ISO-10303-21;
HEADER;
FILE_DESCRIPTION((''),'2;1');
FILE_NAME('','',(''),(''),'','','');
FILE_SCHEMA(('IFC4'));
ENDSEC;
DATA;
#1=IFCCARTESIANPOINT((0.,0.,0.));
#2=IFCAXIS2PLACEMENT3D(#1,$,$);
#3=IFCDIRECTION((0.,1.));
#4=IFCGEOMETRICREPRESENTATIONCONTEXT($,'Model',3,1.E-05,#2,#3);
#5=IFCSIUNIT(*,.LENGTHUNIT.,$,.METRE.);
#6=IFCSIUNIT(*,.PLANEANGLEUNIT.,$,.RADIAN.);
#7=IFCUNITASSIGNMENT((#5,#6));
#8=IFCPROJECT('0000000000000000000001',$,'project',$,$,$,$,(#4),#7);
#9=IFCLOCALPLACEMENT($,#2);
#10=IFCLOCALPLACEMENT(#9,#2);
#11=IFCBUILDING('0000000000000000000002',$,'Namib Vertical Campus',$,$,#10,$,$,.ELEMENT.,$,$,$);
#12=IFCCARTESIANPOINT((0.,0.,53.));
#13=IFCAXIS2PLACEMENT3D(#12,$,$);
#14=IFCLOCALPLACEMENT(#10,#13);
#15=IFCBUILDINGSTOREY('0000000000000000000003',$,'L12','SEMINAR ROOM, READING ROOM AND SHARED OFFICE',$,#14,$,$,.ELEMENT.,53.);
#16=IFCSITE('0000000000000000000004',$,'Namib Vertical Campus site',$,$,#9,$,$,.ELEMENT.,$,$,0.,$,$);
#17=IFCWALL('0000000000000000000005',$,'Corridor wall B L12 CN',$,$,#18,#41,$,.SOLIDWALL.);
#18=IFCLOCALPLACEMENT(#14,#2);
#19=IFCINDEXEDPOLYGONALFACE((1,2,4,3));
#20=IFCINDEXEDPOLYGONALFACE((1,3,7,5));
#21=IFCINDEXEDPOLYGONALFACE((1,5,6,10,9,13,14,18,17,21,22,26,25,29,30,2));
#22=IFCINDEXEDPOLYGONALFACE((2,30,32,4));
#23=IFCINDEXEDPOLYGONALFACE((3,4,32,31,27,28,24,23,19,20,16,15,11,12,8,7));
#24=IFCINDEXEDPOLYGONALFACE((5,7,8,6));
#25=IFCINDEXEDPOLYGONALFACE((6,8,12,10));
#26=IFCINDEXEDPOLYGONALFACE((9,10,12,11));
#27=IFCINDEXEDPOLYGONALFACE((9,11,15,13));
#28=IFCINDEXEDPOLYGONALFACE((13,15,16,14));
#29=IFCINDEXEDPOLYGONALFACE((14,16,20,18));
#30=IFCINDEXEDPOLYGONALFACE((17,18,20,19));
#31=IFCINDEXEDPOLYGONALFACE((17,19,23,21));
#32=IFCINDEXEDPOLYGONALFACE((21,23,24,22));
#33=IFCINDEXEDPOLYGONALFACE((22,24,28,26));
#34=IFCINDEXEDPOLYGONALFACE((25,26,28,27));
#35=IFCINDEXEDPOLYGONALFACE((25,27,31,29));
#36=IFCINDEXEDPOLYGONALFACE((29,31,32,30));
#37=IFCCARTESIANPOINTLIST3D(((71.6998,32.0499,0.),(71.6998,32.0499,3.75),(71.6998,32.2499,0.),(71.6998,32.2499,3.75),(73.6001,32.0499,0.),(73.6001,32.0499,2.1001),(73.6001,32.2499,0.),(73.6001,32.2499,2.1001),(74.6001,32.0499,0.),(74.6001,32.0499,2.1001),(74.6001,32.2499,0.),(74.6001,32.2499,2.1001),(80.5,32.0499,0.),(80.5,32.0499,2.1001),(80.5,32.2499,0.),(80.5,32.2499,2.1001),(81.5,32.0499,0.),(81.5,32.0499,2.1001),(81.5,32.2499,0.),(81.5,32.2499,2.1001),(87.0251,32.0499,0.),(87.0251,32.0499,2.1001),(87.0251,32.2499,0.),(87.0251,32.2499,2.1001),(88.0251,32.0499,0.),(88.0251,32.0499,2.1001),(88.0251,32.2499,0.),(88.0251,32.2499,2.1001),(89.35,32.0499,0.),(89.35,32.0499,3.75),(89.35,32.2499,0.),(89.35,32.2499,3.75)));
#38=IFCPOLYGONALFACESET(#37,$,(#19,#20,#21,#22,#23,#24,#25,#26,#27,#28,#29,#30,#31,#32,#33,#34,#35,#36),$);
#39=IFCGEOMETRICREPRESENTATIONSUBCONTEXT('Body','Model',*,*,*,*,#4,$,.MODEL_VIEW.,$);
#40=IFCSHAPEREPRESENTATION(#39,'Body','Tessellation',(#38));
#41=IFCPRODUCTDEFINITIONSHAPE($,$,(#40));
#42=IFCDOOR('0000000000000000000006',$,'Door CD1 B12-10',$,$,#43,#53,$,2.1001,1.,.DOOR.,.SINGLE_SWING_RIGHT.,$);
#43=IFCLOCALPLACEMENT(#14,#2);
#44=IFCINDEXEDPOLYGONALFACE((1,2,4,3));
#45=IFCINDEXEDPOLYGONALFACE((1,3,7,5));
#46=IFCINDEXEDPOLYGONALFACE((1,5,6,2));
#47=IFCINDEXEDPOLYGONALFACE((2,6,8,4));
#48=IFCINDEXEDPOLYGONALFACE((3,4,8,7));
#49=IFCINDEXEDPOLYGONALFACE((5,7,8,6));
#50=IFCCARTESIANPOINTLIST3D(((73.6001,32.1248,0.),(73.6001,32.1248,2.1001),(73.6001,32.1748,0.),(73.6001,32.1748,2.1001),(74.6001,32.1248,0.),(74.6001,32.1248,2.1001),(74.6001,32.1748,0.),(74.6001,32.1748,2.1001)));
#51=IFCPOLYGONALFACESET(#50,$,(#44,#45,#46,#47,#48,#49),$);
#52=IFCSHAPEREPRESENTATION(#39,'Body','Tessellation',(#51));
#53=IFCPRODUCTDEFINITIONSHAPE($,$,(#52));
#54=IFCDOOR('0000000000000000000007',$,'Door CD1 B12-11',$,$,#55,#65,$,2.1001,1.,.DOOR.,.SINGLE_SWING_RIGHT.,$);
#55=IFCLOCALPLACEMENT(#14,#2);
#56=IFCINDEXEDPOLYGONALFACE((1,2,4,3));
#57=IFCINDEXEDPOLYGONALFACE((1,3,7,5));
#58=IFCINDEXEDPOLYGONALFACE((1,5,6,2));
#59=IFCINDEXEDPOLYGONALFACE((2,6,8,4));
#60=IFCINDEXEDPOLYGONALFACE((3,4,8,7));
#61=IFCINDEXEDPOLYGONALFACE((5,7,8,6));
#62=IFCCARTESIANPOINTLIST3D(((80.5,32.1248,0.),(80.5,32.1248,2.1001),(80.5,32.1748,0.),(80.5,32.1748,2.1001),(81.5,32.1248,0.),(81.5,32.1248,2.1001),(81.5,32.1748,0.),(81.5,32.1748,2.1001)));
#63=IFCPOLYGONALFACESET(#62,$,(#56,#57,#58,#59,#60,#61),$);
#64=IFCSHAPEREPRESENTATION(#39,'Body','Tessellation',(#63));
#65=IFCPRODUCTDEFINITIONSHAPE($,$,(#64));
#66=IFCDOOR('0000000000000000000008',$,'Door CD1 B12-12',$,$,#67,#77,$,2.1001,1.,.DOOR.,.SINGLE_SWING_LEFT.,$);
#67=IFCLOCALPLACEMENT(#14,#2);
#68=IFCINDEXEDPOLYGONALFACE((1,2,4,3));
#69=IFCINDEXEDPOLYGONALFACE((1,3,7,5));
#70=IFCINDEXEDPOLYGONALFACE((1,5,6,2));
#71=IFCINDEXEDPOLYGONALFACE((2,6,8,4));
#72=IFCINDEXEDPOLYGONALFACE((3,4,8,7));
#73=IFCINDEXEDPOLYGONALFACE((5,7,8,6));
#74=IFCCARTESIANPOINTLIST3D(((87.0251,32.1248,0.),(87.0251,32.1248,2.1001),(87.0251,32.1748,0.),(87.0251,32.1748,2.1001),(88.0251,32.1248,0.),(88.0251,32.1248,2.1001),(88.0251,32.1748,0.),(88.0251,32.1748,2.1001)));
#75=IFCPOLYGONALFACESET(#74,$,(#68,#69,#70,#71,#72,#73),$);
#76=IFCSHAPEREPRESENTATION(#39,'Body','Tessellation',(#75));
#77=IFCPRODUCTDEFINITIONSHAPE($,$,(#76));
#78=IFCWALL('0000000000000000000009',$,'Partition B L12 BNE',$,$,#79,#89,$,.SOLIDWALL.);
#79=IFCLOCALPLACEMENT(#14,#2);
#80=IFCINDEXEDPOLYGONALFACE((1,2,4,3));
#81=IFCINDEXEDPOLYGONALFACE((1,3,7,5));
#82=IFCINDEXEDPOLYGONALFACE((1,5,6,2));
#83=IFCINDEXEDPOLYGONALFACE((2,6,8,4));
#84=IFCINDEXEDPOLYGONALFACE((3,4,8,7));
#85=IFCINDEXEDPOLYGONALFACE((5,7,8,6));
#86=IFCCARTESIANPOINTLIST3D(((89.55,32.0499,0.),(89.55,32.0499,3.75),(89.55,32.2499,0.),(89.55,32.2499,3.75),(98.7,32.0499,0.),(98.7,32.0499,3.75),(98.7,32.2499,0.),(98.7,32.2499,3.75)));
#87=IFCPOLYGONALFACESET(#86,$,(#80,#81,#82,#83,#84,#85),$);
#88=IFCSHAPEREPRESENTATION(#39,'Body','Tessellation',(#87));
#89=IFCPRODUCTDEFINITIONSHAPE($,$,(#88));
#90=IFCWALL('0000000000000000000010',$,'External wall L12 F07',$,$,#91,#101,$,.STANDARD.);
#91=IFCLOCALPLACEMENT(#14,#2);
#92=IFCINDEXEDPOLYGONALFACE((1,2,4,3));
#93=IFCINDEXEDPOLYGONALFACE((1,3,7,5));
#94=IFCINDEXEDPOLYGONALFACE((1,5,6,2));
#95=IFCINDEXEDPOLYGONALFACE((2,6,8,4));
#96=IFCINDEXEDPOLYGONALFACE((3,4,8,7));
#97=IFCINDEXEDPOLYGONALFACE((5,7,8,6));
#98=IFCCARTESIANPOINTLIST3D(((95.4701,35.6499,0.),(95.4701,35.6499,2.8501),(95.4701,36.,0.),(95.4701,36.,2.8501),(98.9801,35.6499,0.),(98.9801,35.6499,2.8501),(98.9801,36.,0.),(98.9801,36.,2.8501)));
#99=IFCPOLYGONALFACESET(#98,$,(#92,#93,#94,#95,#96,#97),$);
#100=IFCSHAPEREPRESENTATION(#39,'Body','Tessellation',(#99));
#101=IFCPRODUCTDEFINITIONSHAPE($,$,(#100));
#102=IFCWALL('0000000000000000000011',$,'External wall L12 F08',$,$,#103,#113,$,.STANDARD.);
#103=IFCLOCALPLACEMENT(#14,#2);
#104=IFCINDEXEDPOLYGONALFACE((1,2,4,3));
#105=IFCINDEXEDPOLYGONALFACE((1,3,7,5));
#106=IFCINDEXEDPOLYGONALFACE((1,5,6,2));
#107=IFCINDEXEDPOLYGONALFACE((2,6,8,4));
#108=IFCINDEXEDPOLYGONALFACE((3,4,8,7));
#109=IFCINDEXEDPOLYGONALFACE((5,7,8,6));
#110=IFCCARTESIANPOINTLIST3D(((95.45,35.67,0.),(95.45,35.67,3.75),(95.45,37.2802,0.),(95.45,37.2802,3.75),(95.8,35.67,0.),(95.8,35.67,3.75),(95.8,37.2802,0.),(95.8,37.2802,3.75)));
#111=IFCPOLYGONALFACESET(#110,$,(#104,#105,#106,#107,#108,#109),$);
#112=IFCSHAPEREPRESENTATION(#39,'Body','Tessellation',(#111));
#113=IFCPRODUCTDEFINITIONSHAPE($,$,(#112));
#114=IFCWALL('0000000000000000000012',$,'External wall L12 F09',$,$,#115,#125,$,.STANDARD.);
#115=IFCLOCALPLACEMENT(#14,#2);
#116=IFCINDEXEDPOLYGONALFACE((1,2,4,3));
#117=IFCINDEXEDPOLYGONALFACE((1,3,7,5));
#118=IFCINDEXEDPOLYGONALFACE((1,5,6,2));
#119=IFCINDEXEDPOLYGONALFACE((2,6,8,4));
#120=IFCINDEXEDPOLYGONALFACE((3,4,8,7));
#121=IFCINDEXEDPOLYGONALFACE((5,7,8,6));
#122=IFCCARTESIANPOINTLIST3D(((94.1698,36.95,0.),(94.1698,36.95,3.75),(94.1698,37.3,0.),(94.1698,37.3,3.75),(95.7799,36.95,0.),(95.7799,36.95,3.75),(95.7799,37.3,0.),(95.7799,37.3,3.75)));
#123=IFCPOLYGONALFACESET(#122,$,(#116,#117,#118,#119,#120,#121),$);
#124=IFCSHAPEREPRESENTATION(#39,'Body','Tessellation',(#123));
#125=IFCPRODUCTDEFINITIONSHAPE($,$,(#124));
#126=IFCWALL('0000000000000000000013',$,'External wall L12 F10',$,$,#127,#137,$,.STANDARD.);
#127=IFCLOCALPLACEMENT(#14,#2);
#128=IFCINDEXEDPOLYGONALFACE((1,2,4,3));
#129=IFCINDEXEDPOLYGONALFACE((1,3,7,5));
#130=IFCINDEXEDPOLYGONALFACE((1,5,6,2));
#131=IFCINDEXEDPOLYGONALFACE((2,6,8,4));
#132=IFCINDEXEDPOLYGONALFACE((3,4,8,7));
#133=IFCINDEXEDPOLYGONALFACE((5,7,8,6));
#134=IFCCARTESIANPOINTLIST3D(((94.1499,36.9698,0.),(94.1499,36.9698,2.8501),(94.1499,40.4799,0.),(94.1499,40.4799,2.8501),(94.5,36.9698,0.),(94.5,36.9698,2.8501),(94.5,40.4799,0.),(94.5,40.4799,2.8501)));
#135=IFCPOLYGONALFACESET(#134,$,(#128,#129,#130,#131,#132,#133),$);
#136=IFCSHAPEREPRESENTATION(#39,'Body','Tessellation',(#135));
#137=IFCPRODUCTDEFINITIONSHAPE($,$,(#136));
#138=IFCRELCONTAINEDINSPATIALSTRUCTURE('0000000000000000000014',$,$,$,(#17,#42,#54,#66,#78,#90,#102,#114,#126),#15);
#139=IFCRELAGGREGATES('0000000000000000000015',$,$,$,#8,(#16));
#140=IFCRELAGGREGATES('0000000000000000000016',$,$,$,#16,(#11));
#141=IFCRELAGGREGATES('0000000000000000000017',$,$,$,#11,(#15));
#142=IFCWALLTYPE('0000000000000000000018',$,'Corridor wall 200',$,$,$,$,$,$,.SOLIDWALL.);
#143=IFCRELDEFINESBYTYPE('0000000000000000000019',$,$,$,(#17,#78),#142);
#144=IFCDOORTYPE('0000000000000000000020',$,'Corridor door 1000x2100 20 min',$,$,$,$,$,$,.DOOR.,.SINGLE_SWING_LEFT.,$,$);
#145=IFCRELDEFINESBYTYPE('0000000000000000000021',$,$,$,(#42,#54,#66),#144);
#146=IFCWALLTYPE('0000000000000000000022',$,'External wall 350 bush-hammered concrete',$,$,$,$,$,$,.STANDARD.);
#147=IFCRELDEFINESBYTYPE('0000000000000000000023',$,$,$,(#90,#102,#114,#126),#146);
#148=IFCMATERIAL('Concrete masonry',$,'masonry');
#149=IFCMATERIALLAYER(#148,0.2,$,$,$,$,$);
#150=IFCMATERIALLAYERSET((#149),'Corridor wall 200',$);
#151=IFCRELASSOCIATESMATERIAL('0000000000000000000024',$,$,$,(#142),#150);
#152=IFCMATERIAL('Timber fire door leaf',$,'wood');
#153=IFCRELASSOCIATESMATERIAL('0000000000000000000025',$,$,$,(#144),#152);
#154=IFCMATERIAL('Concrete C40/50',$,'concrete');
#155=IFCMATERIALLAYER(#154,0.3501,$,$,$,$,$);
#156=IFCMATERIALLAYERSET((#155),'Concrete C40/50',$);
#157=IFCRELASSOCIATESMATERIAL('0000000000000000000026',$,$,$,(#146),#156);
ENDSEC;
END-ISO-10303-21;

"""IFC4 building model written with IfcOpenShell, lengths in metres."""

from ifc_helpers import new_model, si_unit, direction, frame, frame_2d, origin, place, context, subcontext, project, spatial, rectangle, extrude, material, layer, layer_set, type_object, element, fill, save


model = new_model("IFC4")

# Units and contexts
model_context = context("Model", 3, precision=1e-05, world=origin(), true_north=direction((0.0, 1.0)))
body_context = subcontext(model_context, "Body", "Model", "MODEL_VIEW")
ifc_project = project(units=[si_unit("LENGTHUNIT", "METRE"), si_unit("PLANEANGLEUNIT", "RADIAN")], contexts=[model_context])

# Site, building, storey
site_placement = place(None, origin())
site = spatial("IfcSite", under=ifc_project, at=site_placement, Name="Namib Vertical Campus site", CompositionType="ELEMENT", RefElevation=0.0)
building_placement = place(site_placement, origin())
building = spatial("IfcBuilding", under=site, at=building_placement, Name="Namib Vertical Campus", CompositionType="ELEMENT")
storey_placement = place(building_placement, frame((0.0, 0.0, 53.0)))
storey = spatial("IfcBuildingStorey", under=building, at=storey_placement, Name="L12", Description="SEMINAR ROOM, READING ROOM AND SHARED OFFICE", CompositionType="ELEMENT", Elevation=53.0)

# Wall, openings, doors
ifc_material_1 = material(Name="Concrete masonry", Category="masonry")
ifc_layer_1 = layer(ifc_material_1, 0.2)
ifc_layer_set_1 = layer_set([ifc_layer_1], Name="Corridor wall 200")
wall_type_1 = type_object("IfcWallType", Name="Corridor wall 200", PredefinedType="SOLIDWALL", material=ifc_layer_set_1)
wall_1_placement = place(storey_placement, frame((89.3501, 32.1499, 0.0), z_axis=(0.0, 0.0, 1.0), x_axis=(-1.0, 0.0, 0.0)))
wall_1 = element("IfcWall", 1, at=wall_1_placement, inside=storey, type_object=wall_type_1, Name="Corridor wall B L12 CN", PredefinedType="SOLIDWALL", context=body_context, shape_type="SweptSolid", body=[
    extrude(rectangle(XDim=17.6501, YDim=0.2, at=frame_2d((8.8252, 0.0))), origin(), (0.0, 0.0, 1.0), 3.75),
])
opening_1_placement = place(wall_1_placement, frame((14.75, 0.0, 0.0)))
opening_1 = element("IfcOpeningElement", 2, at=opening_1_placement, cuts=wall_1, PredefinedType="OPENING", context=body_context, shape_type="SweptSolid", body=[
    extrude(rectangle(XDim=1.0, YDim=2.1001, at=frame_2d((0.5, 1.05))), frame((0.0, 0.1099, 0.0), z_axis=(0.0, -1.0, 0.0), x_axis=(1.0, 0.0, 0.0)), (0.0, 0.0, 1.0), 0.22),
])
opening_2_placement = place(wall_1_placement, frame((7.8501, 0.0, 0.0)))
opening_2 = element("IfcOpeningElement", 3, at=opening_2_placement, cuts=wall_1, PredefinedType="OPENING", context=body_context, shape_type="SweptSolid", body=[
    extrude(rectangle(XDim=1.0, YDim=2.1001, at=frame_2d((0.5, 1.05))), frame((0.0, 0.1099, 0.0), z_axis=(0.0, -1.0, 0.0), x_axis=(1.0, 0.0, 0.0)), (0.0, 0.0, 1.0), 0.22),
])
opening_3_placement = place(wall_1_placement, frame((1.325, 0.0, 0.0)))
opening_3 = element("IfcOpeningElement", 4, at=opening_3_placement, cuts=wall_1, PredefinedType="OPENING", context=body_context, shape_type="SweptSolid", body=[
    extrude(rectangle(XDim=1.0, YDim=2.1001, at=frame_2d((0.5, 1.05))), frame((0.0, 0.1099, 0.0), z_axis=(0.0, -1.0, 0.0), x_axis=(1.0, 0.0, 0.0)), (0.0, 0.0, 1.0), 0.22),
])
ifc_material_2 = material(Name="Timber fire door leaf", Category="wood")
door_type = type_object("IfcDoorType", Name="Corridor door 1000x2100 20 min", OperationType="SINGLE_SWING_LEFT", PredefinedType="DOOR", material=ifc_material_2)
door_1_placement = place(opening_1_placement, frame((1.0, 0.0, 0.0), z_axis=(0.0, 0.0, 1.0), x_axis=(-1.0, 0.0, 0.0)))
door_1 = element("IfcDoor", 5, at=door_1_placement, inside=storey, type_object=door_type, Name="Door CD1 B12-10", OperationType="SINGLE_SWING_RIGHT", OverallHeight=2.1001, OverallWidth=1.0, PredefinedType="DOOR", context=body_context, shape_type="SweptSolid", body=[
    extrude(rectangle(XDim=1.0, YDim=2.1001, at=frame_2d((0.5, 1.05))), frame((0.0, 0.0249, 0.0), z_axis=(0.0, -1.0, 0.0), x_axis=(1.0, 0.0, 0.0)), (0.0, 0.0, 1.0), 0.05),
])
fill(opening_1, door_1)
door_2_placement = place(opening_2_placement, frame((1.0, 0.0, 0.0), z_axis=(0.0, 0.0, 1.0), x_axis=(-1.0, 0.0, 0.0)))
door_2 = element("IfcDoor", 6, at=door_2_placement, inside=storey, type_object=door_type, Name="Door CD1 B12-11", OperationType="SINGLE_SWING_RIGHT", OverallHeight=2.1001, OverallWidth=1.0, PredefinedType="DOOR", context=body_context, shape_type="SweptSolid", body=[
    extrude(rectangle(XDim=1.0, YDim=2.1001, at=frame_2d((0.5, 1.05))), frame((0.0, 0.0249, 0.0), z_axis=(0.0, -1.0, 0.0), x_axis=(1.0, 0.0, 0.0)), (0.0, 0.0, 1.0), 0.05),
])
fill(opening_2, door_2)
door_3_placement = place(opening_3_placement, frame((1.0, 0.0, 0.0), z_axis=(0.0, 0.0, 1.0), x_axis=(-1.0, 0.0, 0.0)))
door_3 = element("IfcDoor", 7, at=door_3_placement, inside=storey, type_object=door_type, Name="Door CD1 B12-12", OperationType="SINGLE_SWING_LEFT", OverallHeight=2.1001, OverallWidth=1.0, PredefinedType="DOOR", context=body_context, shape_type="SweptSolid", body=[
    extrude(rectangle(XDim=1.0, YDim=2.1001, at=frame_2d((0.5, 1.05))), frame((0.0, 0.0249, 0.0), z_axis=(0.0, -1.0, 0.0), x_axis=(1.0, 0.0, 0.0)), (0.0, 0.0, 1.0), 0.05),
])
fill(opening_3, door_3)

# Walls
wall_2_placement = place(storey_placement, frame((89.55, 32.1499, 0.0), z_axis=(0.0, 0.0, 1.0), x_axis=(1.0, 0.0, 0.0)))
element("IfcWall", 8, at=wall_2_placement, inside=storey, type_object=wall_type_1, Name="Partition B L12 BNE", PredefinedType="SOLIDWALL", context=body_context, shape_type="SweptSolid", body=[
    extrude(rectangle(XDim=9.1499, YDim=0.2, at=frame_2d((4.575, 0.0))), origin(), (0.0, 0.0, 1.0), 3.75),
])
ifc_material_3 = material(Name="Concrete C40/50", Category="concrete")
ifc_layer_2 = layer(ifc_material_3, 0.3501)
ifc_layer_set_2 = layer_set([ifc_layer_2], Name="Concrete C40/50")
wall_type_2 = type_object("IfcWallType", Name="External wall 350 bush-hammered concrete", PredefinedType="STANDARD", material=ifc_layer_set_2)
wall_3_placement = place(storey_placement, frame((98.98, 35.825, 0.0), z_axis=(0.0, 0.0, 1.0), x_axis=(-1.0, 0.0, 0.0)))
element("IfcWall", 9, at=wall_3_placement, inside=storey, type_object=wall_type_2, Name="External wall L12 F07", PredefinedType="STANDARD", context=body_context, shape_type="SweptSolid", body=[
    extrude(rectangle(XDim=3.51, YDim=0.3501, at=frame_2d((1.7549, 0.0))), origin(), (0.0, 0.0, 1.0), 2.8501),
])
for number, where, z_axis, x_axis, name in (
    (10, (95.625, 35.6699, 0.0), (0.0, 0.0, 1.0), (0.0, 1.0, 0.0), "External wall L12 F08"),
    (11, (95.78, 37.125, 0.0), (0.0, 0.0, 1.0), (-1.0, 0.0, 0.0), "External wall L12 F09"),
):
    element("IfcWall", number, at=place(storey_placement, frame(where, z_axis=z_axis, x_axis=x_axis)), inside=storey, type_object=wall_type_2, Name=name, PredefinedType="STANDARD", context=body_context, shape_type="SweptSolid", body=[
        extrude(rectangle(XDim=1.6101, YDim=0.3501, at=frame_2d((0.8052, 0.0))), origin(), (0.0, 0.0, 1.0), 3.75),
    ])
wall_4_placement = place(storey_placement, frame((94.325, 36.97, 0.0), z_axis=(0.0, 0.0, 1.0), x_axis=(0.0, 1.0, 0.0)))
element("IfcWall", 12, at=wall_4_placement, inside=storey, type_object=wall_type_2, Name="External wall L12 F10", PredefinedType="STANDARD", context=body_context, shape_type="SweptSolid", body=[
    extrude(rectangle(XDim=3.51, YDim=0.3501, at=frame_2d((1.7549, 0.0))), origin(), (0.0, 0.0, 1.0), 2.8501),
])

save(model, "model.ifc")
